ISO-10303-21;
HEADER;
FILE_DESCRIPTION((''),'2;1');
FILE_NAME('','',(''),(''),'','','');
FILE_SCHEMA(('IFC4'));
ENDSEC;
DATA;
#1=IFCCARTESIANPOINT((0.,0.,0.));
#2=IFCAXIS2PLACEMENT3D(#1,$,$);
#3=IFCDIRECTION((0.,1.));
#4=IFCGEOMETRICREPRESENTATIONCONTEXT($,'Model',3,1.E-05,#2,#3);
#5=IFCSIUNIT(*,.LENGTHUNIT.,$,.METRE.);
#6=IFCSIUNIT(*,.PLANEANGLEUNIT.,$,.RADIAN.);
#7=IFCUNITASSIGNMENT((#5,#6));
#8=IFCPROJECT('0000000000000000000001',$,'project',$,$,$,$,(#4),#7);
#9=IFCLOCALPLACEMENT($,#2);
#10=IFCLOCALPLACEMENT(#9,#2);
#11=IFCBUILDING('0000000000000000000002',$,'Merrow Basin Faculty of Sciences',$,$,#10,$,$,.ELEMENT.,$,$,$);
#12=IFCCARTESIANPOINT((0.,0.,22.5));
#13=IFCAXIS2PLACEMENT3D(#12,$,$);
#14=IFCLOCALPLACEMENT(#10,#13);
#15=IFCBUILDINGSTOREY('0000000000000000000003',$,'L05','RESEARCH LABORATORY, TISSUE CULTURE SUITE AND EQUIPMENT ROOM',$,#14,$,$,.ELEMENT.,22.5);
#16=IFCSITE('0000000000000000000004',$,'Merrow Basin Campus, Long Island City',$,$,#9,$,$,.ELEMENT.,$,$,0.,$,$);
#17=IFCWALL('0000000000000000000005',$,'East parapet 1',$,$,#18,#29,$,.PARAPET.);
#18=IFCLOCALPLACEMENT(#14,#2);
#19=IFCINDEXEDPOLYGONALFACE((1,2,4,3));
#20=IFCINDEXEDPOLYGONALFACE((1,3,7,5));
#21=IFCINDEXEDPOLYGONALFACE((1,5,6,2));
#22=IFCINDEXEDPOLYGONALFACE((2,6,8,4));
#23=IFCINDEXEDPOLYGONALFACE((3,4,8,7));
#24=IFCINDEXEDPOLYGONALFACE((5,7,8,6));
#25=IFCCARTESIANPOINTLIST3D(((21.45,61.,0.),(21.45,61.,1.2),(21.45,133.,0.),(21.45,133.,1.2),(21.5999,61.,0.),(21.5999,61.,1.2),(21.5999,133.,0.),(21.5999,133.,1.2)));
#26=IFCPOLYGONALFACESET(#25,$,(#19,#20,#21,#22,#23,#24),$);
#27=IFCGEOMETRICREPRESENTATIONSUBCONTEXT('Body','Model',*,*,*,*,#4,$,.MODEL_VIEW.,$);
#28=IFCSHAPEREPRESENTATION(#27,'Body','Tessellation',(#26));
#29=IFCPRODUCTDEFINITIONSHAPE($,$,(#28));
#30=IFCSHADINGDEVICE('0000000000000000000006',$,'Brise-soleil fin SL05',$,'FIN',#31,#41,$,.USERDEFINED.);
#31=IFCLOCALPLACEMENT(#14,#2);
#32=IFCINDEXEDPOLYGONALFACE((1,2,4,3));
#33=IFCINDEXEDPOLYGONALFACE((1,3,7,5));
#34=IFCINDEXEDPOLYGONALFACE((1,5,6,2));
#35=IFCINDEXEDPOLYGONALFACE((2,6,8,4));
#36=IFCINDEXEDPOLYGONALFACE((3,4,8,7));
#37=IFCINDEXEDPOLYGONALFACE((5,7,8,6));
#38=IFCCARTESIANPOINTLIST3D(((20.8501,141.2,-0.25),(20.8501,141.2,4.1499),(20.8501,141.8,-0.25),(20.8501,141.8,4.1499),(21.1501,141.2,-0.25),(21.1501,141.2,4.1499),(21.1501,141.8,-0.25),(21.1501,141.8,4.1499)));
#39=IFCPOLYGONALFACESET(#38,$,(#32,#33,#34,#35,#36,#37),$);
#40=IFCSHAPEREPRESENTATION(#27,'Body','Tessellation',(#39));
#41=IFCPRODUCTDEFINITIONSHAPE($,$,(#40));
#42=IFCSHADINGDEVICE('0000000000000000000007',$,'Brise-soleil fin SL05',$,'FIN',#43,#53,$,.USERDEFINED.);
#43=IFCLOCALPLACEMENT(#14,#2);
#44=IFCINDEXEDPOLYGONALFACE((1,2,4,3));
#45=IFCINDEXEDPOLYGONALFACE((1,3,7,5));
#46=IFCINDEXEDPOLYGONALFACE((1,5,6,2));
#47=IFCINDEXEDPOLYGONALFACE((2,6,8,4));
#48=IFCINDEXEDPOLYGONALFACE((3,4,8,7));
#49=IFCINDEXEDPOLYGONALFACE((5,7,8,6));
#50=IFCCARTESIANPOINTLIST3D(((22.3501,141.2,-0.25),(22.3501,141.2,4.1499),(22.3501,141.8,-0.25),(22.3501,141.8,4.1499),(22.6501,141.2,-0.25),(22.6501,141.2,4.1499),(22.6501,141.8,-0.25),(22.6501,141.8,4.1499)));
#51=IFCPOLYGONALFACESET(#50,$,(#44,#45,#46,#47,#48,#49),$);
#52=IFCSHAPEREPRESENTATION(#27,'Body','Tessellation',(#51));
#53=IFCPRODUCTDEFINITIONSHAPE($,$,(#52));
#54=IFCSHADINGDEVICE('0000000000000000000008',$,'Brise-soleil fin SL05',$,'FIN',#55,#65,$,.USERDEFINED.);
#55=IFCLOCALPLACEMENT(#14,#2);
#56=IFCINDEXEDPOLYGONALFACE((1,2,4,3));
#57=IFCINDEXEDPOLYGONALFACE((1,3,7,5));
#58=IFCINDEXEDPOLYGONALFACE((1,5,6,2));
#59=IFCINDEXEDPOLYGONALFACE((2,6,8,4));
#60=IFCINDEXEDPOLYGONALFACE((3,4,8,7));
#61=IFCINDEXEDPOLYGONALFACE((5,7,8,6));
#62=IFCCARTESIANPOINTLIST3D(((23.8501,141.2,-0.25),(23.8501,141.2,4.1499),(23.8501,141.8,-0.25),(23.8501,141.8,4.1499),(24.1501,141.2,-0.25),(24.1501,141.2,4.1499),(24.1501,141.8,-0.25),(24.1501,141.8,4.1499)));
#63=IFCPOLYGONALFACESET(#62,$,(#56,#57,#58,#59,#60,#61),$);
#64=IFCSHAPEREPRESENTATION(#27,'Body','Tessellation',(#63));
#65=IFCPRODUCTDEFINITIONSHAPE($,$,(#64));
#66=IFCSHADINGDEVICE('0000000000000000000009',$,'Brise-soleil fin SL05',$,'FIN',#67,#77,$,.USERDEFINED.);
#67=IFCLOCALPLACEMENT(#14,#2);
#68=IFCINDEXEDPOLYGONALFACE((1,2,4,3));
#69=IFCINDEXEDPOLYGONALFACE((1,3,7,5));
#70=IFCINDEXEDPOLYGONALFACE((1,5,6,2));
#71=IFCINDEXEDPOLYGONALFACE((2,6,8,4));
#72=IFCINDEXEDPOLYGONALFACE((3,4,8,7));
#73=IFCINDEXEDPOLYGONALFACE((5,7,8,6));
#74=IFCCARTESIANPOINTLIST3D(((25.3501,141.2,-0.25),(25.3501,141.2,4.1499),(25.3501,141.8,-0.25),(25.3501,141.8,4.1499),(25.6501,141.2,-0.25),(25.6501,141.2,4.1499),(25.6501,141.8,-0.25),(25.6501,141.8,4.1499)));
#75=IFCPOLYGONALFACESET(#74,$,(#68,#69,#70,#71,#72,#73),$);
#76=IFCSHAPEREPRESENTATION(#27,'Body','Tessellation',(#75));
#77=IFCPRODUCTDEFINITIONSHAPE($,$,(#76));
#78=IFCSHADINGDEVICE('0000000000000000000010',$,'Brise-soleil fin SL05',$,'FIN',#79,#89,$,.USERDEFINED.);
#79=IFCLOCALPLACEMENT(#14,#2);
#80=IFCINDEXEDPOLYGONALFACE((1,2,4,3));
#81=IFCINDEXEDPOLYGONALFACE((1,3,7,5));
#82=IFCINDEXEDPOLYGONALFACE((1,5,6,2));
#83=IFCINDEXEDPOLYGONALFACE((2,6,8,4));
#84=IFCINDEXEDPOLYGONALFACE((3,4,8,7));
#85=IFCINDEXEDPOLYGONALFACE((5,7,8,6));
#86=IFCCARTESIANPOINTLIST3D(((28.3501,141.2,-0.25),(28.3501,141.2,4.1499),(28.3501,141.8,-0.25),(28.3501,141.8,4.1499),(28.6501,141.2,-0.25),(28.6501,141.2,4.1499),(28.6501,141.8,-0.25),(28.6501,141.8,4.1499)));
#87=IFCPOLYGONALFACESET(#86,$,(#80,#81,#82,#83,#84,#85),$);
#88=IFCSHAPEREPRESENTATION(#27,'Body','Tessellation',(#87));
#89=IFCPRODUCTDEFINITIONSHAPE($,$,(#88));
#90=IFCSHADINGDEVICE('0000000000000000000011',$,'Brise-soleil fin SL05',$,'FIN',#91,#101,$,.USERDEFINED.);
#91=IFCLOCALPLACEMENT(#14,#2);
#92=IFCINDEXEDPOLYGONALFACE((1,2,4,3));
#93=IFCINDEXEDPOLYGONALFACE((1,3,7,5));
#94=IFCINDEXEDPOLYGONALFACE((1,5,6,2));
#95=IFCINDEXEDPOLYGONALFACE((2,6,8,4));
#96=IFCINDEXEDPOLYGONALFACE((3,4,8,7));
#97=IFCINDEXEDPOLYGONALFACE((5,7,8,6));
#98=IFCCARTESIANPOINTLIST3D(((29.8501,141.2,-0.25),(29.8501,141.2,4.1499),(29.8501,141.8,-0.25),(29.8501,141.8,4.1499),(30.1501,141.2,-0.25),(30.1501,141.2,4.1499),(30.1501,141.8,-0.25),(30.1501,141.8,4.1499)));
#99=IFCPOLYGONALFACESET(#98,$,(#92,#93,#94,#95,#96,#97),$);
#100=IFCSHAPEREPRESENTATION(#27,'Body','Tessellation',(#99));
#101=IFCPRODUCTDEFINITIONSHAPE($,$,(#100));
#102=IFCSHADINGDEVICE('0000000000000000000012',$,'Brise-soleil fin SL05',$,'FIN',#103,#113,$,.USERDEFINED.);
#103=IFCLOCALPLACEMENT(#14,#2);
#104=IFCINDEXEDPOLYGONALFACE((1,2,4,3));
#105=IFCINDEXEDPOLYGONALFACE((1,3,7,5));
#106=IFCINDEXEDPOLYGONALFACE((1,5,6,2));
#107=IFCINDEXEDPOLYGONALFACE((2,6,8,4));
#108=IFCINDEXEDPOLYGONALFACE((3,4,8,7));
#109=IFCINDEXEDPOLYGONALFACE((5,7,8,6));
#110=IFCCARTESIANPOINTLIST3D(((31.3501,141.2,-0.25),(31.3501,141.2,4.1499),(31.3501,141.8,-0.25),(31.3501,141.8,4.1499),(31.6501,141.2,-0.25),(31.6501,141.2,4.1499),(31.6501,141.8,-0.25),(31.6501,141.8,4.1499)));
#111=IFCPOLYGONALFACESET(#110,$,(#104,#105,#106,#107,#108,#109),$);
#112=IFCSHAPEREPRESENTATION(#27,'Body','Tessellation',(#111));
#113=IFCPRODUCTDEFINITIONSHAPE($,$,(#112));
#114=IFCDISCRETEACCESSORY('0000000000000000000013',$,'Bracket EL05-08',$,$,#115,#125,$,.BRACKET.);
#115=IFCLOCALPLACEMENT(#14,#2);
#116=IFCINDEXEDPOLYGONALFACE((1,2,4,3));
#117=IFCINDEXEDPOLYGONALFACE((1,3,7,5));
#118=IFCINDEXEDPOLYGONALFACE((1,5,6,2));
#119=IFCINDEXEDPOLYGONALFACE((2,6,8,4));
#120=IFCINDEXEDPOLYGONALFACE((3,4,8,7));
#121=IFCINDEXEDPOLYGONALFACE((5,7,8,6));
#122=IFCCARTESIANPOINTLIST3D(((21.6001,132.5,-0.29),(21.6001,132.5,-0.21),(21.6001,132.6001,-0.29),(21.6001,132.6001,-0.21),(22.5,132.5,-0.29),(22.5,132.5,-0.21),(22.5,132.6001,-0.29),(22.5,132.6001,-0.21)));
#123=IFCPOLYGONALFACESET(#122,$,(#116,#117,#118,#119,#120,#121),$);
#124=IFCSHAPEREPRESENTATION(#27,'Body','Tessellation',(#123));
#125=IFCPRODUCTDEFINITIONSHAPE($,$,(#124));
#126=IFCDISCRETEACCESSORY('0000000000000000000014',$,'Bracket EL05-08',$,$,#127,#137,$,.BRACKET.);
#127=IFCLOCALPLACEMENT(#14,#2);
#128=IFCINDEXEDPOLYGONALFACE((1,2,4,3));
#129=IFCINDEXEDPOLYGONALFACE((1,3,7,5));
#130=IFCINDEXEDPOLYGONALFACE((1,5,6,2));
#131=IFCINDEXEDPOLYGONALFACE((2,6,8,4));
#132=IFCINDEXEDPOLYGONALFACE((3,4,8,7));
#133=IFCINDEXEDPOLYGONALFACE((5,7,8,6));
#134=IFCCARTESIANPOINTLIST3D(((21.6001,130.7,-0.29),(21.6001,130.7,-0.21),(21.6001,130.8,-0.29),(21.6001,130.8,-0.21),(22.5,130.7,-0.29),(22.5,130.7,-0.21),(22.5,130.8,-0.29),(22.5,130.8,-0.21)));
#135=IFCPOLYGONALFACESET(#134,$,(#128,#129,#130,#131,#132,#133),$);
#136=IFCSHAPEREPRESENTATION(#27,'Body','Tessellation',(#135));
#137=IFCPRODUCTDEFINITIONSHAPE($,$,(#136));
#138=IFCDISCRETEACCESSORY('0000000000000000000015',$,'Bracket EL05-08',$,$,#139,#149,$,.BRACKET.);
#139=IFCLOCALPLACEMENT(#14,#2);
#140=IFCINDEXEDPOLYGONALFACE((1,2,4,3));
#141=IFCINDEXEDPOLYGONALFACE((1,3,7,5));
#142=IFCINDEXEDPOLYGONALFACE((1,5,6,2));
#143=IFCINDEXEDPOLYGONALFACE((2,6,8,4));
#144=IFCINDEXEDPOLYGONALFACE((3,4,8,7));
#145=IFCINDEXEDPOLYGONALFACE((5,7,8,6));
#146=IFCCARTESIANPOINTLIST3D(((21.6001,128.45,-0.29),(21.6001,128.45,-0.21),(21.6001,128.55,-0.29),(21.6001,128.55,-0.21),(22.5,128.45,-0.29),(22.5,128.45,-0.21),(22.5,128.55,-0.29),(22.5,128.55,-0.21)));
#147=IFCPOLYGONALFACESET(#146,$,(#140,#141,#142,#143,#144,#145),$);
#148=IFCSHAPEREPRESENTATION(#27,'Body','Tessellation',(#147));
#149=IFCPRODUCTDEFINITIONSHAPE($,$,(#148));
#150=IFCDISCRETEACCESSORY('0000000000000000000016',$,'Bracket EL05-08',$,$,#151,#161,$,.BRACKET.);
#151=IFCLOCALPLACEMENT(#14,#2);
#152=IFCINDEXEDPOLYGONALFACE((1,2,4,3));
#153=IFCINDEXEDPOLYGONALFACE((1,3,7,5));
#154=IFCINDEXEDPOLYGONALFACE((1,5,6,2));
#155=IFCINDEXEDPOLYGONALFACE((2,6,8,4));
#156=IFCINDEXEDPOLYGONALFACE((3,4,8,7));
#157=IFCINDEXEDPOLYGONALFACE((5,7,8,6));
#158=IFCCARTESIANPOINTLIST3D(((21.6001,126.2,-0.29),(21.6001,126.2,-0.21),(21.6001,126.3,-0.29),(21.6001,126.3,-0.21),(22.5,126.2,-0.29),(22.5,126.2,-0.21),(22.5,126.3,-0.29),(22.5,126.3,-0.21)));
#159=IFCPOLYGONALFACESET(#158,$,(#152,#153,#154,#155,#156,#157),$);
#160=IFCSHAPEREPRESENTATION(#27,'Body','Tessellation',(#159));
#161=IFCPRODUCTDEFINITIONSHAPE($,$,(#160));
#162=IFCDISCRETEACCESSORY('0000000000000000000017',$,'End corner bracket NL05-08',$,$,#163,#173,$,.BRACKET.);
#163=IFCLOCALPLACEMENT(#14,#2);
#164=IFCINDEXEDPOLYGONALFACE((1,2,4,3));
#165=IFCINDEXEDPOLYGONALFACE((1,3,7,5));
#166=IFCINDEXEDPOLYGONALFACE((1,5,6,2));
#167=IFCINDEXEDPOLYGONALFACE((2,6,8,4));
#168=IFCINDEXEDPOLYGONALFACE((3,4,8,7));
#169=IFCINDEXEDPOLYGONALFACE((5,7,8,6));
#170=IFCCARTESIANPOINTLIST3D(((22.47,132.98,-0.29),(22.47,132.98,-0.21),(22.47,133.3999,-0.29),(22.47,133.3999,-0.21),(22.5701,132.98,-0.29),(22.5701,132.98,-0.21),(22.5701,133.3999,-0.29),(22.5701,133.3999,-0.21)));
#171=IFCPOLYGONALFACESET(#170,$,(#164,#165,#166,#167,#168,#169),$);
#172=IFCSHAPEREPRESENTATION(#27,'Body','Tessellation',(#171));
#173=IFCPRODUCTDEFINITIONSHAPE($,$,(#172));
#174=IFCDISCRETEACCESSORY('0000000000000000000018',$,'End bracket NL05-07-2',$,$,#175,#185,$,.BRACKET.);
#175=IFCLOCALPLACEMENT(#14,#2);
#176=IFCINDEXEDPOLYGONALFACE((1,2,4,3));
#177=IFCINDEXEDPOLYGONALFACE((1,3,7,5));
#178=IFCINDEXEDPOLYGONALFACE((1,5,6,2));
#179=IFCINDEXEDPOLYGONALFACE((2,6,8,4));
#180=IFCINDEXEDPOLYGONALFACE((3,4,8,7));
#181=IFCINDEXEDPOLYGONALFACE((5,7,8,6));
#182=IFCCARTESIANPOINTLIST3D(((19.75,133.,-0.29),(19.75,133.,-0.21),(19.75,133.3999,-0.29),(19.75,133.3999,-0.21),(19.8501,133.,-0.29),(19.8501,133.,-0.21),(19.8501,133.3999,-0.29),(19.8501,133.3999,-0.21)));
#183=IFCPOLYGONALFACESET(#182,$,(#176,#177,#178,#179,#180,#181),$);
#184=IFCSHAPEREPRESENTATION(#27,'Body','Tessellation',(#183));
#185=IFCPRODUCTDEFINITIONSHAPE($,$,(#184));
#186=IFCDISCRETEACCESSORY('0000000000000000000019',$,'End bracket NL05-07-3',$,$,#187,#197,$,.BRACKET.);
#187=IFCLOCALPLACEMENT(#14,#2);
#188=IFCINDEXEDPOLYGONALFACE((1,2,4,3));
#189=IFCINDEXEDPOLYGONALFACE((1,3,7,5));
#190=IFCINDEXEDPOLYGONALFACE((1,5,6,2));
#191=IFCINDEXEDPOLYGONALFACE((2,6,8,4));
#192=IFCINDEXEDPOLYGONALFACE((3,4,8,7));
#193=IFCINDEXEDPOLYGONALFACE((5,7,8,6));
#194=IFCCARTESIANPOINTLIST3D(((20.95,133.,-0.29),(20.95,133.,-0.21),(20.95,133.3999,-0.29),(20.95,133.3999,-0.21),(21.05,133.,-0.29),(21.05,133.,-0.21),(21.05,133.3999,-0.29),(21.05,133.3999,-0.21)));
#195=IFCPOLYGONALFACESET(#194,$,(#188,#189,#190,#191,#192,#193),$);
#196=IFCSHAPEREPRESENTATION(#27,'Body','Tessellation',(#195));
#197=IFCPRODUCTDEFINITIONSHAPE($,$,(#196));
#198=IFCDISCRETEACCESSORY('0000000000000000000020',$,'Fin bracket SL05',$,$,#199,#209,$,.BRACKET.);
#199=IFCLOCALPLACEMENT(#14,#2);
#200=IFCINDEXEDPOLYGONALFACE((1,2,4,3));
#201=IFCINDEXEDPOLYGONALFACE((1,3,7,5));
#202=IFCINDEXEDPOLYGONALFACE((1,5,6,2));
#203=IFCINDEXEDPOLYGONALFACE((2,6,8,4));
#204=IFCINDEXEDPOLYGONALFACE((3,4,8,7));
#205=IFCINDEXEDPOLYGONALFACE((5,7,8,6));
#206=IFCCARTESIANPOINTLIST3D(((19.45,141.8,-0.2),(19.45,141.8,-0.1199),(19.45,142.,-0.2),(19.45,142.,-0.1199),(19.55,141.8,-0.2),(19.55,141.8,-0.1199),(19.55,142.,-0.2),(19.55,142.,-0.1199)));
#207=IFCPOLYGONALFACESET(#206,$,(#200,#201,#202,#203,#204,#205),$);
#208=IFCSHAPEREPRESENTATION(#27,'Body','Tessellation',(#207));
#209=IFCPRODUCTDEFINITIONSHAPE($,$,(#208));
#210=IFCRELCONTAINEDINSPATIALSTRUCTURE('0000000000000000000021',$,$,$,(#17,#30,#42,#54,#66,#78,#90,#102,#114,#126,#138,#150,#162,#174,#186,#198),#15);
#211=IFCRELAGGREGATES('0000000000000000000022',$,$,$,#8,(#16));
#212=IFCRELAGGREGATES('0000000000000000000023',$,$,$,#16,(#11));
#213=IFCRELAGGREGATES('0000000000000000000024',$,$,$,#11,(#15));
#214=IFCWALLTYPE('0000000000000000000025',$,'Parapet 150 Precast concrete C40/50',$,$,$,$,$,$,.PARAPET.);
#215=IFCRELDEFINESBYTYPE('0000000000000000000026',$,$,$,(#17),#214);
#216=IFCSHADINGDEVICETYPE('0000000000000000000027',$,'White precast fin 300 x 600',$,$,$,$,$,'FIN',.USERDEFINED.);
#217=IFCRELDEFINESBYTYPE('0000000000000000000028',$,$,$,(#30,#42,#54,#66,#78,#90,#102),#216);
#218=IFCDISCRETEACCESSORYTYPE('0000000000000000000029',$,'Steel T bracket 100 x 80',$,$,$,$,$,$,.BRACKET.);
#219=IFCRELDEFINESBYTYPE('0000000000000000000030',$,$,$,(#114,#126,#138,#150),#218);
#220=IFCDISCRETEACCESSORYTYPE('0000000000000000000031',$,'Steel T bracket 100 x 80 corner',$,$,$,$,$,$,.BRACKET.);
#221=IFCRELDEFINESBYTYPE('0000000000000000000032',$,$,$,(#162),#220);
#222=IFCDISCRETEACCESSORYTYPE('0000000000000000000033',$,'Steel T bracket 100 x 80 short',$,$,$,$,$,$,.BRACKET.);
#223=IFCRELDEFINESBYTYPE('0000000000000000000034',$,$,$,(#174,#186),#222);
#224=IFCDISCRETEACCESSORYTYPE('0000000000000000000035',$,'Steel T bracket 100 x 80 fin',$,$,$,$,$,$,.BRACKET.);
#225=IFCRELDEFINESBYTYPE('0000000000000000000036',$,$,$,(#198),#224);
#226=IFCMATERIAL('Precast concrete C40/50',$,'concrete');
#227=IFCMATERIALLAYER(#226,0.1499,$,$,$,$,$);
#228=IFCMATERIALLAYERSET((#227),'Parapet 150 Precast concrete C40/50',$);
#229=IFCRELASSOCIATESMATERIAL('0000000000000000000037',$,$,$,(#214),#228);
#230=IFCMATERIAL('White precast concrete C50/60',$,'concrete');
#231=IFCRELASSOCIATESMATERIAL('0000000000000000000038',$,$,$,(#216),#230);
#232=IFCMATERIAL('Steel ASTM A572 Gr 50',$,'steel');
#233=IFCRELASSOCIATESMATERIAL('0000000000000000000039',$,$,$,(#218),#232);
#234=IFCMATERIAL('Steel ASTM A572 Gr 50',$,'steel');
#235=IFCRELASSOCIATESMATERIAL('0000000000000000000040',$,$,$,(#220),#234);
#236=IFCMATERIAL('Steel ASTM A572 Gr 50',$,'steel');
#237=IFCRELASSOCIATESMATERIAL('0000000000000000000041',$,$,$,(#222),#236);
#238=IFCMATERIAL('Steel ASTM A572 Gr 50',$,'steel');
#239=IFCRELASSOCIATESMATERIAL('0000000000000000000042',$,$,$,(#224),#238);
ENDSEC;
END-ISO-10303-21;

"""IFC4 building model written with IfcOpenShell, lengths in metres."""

from ifc_helpers import new_model, si_unit, direction, frame, frame_2d, origin, place, context, subcontext, project, spatial, polyline, rectangle, outline, extrude, source, transform, mapped, material, layer, layer_set, type_object, element, save


model = new_model("IFC4")

# Units and contexts
model_context = context("Model", 3, precision=1e-05, world=origin(), true_north=direction((0.0, 1.0)))
body_context = subcontext(model_context, "Body", "Model", "MODEL_VIEW")
ifc_project = project(units=[si_unit("LENGTHUNIT", "METRE"), si_unit("PLANEANGLEUNIT", "RADIAN")], contexts=[model_context])

# Site, building, storey
site_placement = place(None, origin())
site = spatial("IfcSite", under=ifc_project, at=site_placement, Name="Merrow Basin Campus, Long Island City", CompositionType="ELEMENT", RefElevation=0.0)
building_placement = place(site_placement, origin())
building = spatial("IfcBuilding", under=site, at=building_placement, Name="Merrow Basin Faculty of Sciences", CompositionType="ELEMENT")
storey_placement = place(building_placement, frame((0.0, 0.0, 22.5)))
storey = spatial("IfcBuildingStorey", under=building, at=storey_placement, Name="L05", Description="RESEARCH LABORATORY, TISSUE CULTURE SUITE AND EQUIPMENT ROOM", CompositionType="ELEMENT", Elevation=22.5)

# Wall
ifc_material_1 = material(Name="Precast concrete C40/50", Category="concrete")
ifc_layer_1 = layer(ifc_material_1, 0.1499)
ifc_layer_set_1 = layer_set([ifc_layer_1], Name="Parapet 150 Precast concrete C40/50")
wall_type = type_object("IfcWallType", Name="Parapet 150 Precast concrete C40/50", PredefinedType="PARAPET", material=ifc_layer_set_1)
wall_placement = place(storey_placement, frame((21.5249, 133.0, 0.0), z_axis=(0.0, 0.0, 1.0), x_axis=(0.0, -1.0, 0.0)))
element("IfcWall", 1, at=wall_placement, inside=storey, type_object=wall_type, Name="East parapet 1", PredefinedType="PARAPET", context=body_context, shape_type="SweptSolid", body=[
    extrude(rectangle(XDim=72.0, YDim=0.1499, at=frame_2d((36.0, 0.0))), origin(), (0.0, 0.0, 1.0), 1.2),
])

# Shading devices
ifc_material_2 = material(Name="White precast concrete C50/60", Category="concrete")
shading_device_type = type_object("IfcShadingDeviceType", Name="White precast fin 300 x 600", ElementType="FIN", PredefinedType="USERDEFINED", material=ifc_material_2)
shared_shape_1 = source(origin(), body_context, "Body", "SweptSolid", [
    extrude(outline(polyline([(0.0, 0.0), (0.3, 0.0), (0.3, 4.3999), (0.0, 4.3999), (0.0, 0.0)])), origin(), (0.0, 0.0, 1.0), 0.6001),
])
for number, where, z_axis, x_axis, name in (
    (2, (20.8501, 141.8, -0.25), (0.0, -1.0, 0.0), (1.0, 0.0, 0.0), "Brise-soleil fin SL05"),
    (3, (22.3501, 141.8, -0.25), (0.0, -1.0, 0.0), (1.0, 0.0, 0.0), "Brise-soleil fin SL05"),
    (4, (23.8501, 141.8, -0.25), (0.0, -1.0, 0.0), (1.0, 0.0, 0.0), "Brise-soleil fin SL05"),
    (5, (25.3501, 141.8, -0.25), (0.0, -1.0, 0.0), (1.0, 0.0, 0.0), "Brise-soleil fin SL05"),
    (6, (28.3501, 141.8, -0.25), (0.0, -1.0, 0.0), (1.0, 0.0, 0.0), "Brise-soleil fin SL05"),
    (7, (29.8501, 141.8, -0.25), (0.0, -1.0, 0.0), (1.0, 0.0, 0.0), "Brise-soleil fin SL05"),
    (8, (31.3501, 141.8, -0.25), (0.0, -1.0, 0.0), (1.0, 0.0, 0.0), "Brise-soleil fin SL05"),
):
    element("IfcShadingDevice", number, at=place(storey_placement, frame(where, z_axis=z_axis, x_axis=x_axis)), inside=storey, type_object=shading_device_type, Name=name, ObjectType="FIN", PredefinedType="USERDEFINED", context=body_context, shape_type="MappedRepresentation", body=[
        mapped(shared_shape_1, transform((0.0, 0.0, 0.0), scale=1.0)),
    ])

# Discrete accessories
ifc_material_3 = material(Name="Steel ASTM A572 Gr 50", Category="steel")
discrete_accessory_type_1 = type_object("IfcDiscreteAccessoryType", Name="Steel T bracket 100 x 80", PredefinedType="BRACKET", material=ifc_material_3)
shared_shape_2 = source(origin(), body_context, "Body", "SweptSolid", [
    extrude(outline(polyline([(0.0, 0.0), (0.1001, 0.0), (0.1001, 0.0801), (0.0, 0.0801), (0.0, 0.0)])), origin(), (0.0, 0.0, 1.0), 0.8999),
])
for number, where, z_axis, x_axis, name in (
    (9, (22.5, 132.6001, -0.29), (-1.0, 0.0, 0.0), (0.0, -1.0, 0.0), "Bracket EL05-08"),
    (10, (22.5, 130.8, -0.29), (-1.0, 0.0, 0.0), (0.0, -1.0, 0.0), "Bracket EL05-08"),
    (11, (22.5, 128.55, -0.29), (-1.0, 0.0, 0.0), (0.0, -1.0, 0.0), "Bracket EL05-08"),
    (12, (22.5, 126.3, -0.29), (-1.0, 0.0, 0.0), (0.0, -1.0, 0.0), "Bracket EL05-08"),
):
    element("IfcDiscreteAccessory", number, at=place(storey_placement, frame(where, z_axis=z_axis, x_axis=x_axis)), inside=storey, type_object=discrete_accessory_type_1, Name=name, PredefinedType="BRACKET", context=body_context, shape_type="MappedRepresentation", body=[
        mapped(shared_shape_2, transform((0.0, 0.0, 0.0), scale=1.0)),
    ])
ifc_material_4 = material(Name="Steel ASTM A572 Gr 50", Category="steel")
discrete_accessory_type_2 = type_object("IfcDiscreteAccessoryType", Name="Steel T bracket 100 x 80 corner", PredefinedType="BRACKET", material=ifc_material_4)
shared_shape_3 = source(origin(), body_context, "Body", "SweptSolid", [
    extrude(outline(polyline([(0.0, 0.0), (0.1001, 0.0), (0.1001, 0.0801), (0.0, 0.0801), (0.0, 0.0)])), origin(), (0.0, 0.0, 1.0), 0.4199),
])
discrete_accessory_placement = place(storey_placement, frame((22.47, 133.3999, -0.29), z_axis=(0.0, -1.0, 0.0), x_axis=(1.0, 0.0, 0.0)))
element("IfcDiscreteAccessory", 13, at=discrete_accessory_placement, inside=storey, type_object=discrete_accessory_type_2, Name="End corner bracket NL05-08", PredefinedType="BRACKET", context=body_context, shape_type="MappedRepresentation", body=[
    mapped(shared_shape_3, transform((0.0, 0.0, 0.0), scale=1.0)),
])
ifc_material_5 = material(Name="Steel ASTM A572 Gr 50", Category="steel")
discrete_accessory_type_3 = type_object("IfcDiscreteAccessoryType", Name="Steel T bracket 100 x 80 short", PredefinedType="BRACKET", material=ifc_material_5)
shared_shape_4 = source(origin(), body_context, "Body", "SweptSolid", [
    extrude(outline(polyline([(0.0, 0.0), (0.1001, 0.0), (0.1001, 0.0801), (0.0, 0.0801), (0.0, 0.0)])), origin(), (0.0, 0.0, 1.0), 0.3999),
])
for number, where, z_axis, x_axis, name in (
    (14, (19.75, 133.3999, -0.29), (0.0, -1.0, 0.0), (1.0, 0.0, 0.0), "End bracket NL05-07-2"),
    (15, (20.95, 133.3999, -0.29), (0.0, -1.0, 0.0), (1.0, 0.0, 0.0), "End bracket NL05-07-3"),
):
    element("IfcDiscreteAccessory", number, at=place(storey_placement, frame(where, z_axis=z_axis, x_axis=x_axis)), inside=storey, type_object=discrete_accessory_type_3, Name=name, PredefinedType="BRACKET", context=body_context, shape_type="MappedRepresentation", body=[
        mapped(shared_shape_4, transform((0.0, 0.0, 0.0), scale=1.0)),
    ])
ifc_material_6 = material(Name="Steel ASTM A572 Gr 50", Category="steel")
discrete_accessory_type_4 = type_object("IfcDiscreteAccessoryType", Name="Steel T bracket 100 x 80 fin", PredefinedType="BRACKET", material=ifc_material_6)
shared_shape_5 = source(origin(), body_context, "Body", "SweptSolid", [
    extrude(outline(polyline([(0.0, 0.0), (0.1001, 0.0), (0.1001, 0.0801), (0.0, 0.0801), (0.0, 0.0)])), origin(), (0.0, 0.0, 1.0), 0.2),
])
for number, where, z_axis, x_axis, name in (
    (16, (19.45, 142.0, -0.2), (0.0, -1.0, 0.0), (1.0, 0.0, 0.0), "Fin bracket SL05"),
):
    element("IfcDiscreteAccessory", number, at=place(storey_placement, frame(where, z_axis=z_axis, x_axis=x_axis)), inside=storey, type_object=discrete_accessory_type_4, Name=name, PredefinedType="BRACKET", context=body_context, shape_type="MappedRepresentation", body=[
        mapped(shared_shape_5, transform((0.0, 0.0, 0.0), scale=1.0)),
    ])

save(model, "model.ifc")
